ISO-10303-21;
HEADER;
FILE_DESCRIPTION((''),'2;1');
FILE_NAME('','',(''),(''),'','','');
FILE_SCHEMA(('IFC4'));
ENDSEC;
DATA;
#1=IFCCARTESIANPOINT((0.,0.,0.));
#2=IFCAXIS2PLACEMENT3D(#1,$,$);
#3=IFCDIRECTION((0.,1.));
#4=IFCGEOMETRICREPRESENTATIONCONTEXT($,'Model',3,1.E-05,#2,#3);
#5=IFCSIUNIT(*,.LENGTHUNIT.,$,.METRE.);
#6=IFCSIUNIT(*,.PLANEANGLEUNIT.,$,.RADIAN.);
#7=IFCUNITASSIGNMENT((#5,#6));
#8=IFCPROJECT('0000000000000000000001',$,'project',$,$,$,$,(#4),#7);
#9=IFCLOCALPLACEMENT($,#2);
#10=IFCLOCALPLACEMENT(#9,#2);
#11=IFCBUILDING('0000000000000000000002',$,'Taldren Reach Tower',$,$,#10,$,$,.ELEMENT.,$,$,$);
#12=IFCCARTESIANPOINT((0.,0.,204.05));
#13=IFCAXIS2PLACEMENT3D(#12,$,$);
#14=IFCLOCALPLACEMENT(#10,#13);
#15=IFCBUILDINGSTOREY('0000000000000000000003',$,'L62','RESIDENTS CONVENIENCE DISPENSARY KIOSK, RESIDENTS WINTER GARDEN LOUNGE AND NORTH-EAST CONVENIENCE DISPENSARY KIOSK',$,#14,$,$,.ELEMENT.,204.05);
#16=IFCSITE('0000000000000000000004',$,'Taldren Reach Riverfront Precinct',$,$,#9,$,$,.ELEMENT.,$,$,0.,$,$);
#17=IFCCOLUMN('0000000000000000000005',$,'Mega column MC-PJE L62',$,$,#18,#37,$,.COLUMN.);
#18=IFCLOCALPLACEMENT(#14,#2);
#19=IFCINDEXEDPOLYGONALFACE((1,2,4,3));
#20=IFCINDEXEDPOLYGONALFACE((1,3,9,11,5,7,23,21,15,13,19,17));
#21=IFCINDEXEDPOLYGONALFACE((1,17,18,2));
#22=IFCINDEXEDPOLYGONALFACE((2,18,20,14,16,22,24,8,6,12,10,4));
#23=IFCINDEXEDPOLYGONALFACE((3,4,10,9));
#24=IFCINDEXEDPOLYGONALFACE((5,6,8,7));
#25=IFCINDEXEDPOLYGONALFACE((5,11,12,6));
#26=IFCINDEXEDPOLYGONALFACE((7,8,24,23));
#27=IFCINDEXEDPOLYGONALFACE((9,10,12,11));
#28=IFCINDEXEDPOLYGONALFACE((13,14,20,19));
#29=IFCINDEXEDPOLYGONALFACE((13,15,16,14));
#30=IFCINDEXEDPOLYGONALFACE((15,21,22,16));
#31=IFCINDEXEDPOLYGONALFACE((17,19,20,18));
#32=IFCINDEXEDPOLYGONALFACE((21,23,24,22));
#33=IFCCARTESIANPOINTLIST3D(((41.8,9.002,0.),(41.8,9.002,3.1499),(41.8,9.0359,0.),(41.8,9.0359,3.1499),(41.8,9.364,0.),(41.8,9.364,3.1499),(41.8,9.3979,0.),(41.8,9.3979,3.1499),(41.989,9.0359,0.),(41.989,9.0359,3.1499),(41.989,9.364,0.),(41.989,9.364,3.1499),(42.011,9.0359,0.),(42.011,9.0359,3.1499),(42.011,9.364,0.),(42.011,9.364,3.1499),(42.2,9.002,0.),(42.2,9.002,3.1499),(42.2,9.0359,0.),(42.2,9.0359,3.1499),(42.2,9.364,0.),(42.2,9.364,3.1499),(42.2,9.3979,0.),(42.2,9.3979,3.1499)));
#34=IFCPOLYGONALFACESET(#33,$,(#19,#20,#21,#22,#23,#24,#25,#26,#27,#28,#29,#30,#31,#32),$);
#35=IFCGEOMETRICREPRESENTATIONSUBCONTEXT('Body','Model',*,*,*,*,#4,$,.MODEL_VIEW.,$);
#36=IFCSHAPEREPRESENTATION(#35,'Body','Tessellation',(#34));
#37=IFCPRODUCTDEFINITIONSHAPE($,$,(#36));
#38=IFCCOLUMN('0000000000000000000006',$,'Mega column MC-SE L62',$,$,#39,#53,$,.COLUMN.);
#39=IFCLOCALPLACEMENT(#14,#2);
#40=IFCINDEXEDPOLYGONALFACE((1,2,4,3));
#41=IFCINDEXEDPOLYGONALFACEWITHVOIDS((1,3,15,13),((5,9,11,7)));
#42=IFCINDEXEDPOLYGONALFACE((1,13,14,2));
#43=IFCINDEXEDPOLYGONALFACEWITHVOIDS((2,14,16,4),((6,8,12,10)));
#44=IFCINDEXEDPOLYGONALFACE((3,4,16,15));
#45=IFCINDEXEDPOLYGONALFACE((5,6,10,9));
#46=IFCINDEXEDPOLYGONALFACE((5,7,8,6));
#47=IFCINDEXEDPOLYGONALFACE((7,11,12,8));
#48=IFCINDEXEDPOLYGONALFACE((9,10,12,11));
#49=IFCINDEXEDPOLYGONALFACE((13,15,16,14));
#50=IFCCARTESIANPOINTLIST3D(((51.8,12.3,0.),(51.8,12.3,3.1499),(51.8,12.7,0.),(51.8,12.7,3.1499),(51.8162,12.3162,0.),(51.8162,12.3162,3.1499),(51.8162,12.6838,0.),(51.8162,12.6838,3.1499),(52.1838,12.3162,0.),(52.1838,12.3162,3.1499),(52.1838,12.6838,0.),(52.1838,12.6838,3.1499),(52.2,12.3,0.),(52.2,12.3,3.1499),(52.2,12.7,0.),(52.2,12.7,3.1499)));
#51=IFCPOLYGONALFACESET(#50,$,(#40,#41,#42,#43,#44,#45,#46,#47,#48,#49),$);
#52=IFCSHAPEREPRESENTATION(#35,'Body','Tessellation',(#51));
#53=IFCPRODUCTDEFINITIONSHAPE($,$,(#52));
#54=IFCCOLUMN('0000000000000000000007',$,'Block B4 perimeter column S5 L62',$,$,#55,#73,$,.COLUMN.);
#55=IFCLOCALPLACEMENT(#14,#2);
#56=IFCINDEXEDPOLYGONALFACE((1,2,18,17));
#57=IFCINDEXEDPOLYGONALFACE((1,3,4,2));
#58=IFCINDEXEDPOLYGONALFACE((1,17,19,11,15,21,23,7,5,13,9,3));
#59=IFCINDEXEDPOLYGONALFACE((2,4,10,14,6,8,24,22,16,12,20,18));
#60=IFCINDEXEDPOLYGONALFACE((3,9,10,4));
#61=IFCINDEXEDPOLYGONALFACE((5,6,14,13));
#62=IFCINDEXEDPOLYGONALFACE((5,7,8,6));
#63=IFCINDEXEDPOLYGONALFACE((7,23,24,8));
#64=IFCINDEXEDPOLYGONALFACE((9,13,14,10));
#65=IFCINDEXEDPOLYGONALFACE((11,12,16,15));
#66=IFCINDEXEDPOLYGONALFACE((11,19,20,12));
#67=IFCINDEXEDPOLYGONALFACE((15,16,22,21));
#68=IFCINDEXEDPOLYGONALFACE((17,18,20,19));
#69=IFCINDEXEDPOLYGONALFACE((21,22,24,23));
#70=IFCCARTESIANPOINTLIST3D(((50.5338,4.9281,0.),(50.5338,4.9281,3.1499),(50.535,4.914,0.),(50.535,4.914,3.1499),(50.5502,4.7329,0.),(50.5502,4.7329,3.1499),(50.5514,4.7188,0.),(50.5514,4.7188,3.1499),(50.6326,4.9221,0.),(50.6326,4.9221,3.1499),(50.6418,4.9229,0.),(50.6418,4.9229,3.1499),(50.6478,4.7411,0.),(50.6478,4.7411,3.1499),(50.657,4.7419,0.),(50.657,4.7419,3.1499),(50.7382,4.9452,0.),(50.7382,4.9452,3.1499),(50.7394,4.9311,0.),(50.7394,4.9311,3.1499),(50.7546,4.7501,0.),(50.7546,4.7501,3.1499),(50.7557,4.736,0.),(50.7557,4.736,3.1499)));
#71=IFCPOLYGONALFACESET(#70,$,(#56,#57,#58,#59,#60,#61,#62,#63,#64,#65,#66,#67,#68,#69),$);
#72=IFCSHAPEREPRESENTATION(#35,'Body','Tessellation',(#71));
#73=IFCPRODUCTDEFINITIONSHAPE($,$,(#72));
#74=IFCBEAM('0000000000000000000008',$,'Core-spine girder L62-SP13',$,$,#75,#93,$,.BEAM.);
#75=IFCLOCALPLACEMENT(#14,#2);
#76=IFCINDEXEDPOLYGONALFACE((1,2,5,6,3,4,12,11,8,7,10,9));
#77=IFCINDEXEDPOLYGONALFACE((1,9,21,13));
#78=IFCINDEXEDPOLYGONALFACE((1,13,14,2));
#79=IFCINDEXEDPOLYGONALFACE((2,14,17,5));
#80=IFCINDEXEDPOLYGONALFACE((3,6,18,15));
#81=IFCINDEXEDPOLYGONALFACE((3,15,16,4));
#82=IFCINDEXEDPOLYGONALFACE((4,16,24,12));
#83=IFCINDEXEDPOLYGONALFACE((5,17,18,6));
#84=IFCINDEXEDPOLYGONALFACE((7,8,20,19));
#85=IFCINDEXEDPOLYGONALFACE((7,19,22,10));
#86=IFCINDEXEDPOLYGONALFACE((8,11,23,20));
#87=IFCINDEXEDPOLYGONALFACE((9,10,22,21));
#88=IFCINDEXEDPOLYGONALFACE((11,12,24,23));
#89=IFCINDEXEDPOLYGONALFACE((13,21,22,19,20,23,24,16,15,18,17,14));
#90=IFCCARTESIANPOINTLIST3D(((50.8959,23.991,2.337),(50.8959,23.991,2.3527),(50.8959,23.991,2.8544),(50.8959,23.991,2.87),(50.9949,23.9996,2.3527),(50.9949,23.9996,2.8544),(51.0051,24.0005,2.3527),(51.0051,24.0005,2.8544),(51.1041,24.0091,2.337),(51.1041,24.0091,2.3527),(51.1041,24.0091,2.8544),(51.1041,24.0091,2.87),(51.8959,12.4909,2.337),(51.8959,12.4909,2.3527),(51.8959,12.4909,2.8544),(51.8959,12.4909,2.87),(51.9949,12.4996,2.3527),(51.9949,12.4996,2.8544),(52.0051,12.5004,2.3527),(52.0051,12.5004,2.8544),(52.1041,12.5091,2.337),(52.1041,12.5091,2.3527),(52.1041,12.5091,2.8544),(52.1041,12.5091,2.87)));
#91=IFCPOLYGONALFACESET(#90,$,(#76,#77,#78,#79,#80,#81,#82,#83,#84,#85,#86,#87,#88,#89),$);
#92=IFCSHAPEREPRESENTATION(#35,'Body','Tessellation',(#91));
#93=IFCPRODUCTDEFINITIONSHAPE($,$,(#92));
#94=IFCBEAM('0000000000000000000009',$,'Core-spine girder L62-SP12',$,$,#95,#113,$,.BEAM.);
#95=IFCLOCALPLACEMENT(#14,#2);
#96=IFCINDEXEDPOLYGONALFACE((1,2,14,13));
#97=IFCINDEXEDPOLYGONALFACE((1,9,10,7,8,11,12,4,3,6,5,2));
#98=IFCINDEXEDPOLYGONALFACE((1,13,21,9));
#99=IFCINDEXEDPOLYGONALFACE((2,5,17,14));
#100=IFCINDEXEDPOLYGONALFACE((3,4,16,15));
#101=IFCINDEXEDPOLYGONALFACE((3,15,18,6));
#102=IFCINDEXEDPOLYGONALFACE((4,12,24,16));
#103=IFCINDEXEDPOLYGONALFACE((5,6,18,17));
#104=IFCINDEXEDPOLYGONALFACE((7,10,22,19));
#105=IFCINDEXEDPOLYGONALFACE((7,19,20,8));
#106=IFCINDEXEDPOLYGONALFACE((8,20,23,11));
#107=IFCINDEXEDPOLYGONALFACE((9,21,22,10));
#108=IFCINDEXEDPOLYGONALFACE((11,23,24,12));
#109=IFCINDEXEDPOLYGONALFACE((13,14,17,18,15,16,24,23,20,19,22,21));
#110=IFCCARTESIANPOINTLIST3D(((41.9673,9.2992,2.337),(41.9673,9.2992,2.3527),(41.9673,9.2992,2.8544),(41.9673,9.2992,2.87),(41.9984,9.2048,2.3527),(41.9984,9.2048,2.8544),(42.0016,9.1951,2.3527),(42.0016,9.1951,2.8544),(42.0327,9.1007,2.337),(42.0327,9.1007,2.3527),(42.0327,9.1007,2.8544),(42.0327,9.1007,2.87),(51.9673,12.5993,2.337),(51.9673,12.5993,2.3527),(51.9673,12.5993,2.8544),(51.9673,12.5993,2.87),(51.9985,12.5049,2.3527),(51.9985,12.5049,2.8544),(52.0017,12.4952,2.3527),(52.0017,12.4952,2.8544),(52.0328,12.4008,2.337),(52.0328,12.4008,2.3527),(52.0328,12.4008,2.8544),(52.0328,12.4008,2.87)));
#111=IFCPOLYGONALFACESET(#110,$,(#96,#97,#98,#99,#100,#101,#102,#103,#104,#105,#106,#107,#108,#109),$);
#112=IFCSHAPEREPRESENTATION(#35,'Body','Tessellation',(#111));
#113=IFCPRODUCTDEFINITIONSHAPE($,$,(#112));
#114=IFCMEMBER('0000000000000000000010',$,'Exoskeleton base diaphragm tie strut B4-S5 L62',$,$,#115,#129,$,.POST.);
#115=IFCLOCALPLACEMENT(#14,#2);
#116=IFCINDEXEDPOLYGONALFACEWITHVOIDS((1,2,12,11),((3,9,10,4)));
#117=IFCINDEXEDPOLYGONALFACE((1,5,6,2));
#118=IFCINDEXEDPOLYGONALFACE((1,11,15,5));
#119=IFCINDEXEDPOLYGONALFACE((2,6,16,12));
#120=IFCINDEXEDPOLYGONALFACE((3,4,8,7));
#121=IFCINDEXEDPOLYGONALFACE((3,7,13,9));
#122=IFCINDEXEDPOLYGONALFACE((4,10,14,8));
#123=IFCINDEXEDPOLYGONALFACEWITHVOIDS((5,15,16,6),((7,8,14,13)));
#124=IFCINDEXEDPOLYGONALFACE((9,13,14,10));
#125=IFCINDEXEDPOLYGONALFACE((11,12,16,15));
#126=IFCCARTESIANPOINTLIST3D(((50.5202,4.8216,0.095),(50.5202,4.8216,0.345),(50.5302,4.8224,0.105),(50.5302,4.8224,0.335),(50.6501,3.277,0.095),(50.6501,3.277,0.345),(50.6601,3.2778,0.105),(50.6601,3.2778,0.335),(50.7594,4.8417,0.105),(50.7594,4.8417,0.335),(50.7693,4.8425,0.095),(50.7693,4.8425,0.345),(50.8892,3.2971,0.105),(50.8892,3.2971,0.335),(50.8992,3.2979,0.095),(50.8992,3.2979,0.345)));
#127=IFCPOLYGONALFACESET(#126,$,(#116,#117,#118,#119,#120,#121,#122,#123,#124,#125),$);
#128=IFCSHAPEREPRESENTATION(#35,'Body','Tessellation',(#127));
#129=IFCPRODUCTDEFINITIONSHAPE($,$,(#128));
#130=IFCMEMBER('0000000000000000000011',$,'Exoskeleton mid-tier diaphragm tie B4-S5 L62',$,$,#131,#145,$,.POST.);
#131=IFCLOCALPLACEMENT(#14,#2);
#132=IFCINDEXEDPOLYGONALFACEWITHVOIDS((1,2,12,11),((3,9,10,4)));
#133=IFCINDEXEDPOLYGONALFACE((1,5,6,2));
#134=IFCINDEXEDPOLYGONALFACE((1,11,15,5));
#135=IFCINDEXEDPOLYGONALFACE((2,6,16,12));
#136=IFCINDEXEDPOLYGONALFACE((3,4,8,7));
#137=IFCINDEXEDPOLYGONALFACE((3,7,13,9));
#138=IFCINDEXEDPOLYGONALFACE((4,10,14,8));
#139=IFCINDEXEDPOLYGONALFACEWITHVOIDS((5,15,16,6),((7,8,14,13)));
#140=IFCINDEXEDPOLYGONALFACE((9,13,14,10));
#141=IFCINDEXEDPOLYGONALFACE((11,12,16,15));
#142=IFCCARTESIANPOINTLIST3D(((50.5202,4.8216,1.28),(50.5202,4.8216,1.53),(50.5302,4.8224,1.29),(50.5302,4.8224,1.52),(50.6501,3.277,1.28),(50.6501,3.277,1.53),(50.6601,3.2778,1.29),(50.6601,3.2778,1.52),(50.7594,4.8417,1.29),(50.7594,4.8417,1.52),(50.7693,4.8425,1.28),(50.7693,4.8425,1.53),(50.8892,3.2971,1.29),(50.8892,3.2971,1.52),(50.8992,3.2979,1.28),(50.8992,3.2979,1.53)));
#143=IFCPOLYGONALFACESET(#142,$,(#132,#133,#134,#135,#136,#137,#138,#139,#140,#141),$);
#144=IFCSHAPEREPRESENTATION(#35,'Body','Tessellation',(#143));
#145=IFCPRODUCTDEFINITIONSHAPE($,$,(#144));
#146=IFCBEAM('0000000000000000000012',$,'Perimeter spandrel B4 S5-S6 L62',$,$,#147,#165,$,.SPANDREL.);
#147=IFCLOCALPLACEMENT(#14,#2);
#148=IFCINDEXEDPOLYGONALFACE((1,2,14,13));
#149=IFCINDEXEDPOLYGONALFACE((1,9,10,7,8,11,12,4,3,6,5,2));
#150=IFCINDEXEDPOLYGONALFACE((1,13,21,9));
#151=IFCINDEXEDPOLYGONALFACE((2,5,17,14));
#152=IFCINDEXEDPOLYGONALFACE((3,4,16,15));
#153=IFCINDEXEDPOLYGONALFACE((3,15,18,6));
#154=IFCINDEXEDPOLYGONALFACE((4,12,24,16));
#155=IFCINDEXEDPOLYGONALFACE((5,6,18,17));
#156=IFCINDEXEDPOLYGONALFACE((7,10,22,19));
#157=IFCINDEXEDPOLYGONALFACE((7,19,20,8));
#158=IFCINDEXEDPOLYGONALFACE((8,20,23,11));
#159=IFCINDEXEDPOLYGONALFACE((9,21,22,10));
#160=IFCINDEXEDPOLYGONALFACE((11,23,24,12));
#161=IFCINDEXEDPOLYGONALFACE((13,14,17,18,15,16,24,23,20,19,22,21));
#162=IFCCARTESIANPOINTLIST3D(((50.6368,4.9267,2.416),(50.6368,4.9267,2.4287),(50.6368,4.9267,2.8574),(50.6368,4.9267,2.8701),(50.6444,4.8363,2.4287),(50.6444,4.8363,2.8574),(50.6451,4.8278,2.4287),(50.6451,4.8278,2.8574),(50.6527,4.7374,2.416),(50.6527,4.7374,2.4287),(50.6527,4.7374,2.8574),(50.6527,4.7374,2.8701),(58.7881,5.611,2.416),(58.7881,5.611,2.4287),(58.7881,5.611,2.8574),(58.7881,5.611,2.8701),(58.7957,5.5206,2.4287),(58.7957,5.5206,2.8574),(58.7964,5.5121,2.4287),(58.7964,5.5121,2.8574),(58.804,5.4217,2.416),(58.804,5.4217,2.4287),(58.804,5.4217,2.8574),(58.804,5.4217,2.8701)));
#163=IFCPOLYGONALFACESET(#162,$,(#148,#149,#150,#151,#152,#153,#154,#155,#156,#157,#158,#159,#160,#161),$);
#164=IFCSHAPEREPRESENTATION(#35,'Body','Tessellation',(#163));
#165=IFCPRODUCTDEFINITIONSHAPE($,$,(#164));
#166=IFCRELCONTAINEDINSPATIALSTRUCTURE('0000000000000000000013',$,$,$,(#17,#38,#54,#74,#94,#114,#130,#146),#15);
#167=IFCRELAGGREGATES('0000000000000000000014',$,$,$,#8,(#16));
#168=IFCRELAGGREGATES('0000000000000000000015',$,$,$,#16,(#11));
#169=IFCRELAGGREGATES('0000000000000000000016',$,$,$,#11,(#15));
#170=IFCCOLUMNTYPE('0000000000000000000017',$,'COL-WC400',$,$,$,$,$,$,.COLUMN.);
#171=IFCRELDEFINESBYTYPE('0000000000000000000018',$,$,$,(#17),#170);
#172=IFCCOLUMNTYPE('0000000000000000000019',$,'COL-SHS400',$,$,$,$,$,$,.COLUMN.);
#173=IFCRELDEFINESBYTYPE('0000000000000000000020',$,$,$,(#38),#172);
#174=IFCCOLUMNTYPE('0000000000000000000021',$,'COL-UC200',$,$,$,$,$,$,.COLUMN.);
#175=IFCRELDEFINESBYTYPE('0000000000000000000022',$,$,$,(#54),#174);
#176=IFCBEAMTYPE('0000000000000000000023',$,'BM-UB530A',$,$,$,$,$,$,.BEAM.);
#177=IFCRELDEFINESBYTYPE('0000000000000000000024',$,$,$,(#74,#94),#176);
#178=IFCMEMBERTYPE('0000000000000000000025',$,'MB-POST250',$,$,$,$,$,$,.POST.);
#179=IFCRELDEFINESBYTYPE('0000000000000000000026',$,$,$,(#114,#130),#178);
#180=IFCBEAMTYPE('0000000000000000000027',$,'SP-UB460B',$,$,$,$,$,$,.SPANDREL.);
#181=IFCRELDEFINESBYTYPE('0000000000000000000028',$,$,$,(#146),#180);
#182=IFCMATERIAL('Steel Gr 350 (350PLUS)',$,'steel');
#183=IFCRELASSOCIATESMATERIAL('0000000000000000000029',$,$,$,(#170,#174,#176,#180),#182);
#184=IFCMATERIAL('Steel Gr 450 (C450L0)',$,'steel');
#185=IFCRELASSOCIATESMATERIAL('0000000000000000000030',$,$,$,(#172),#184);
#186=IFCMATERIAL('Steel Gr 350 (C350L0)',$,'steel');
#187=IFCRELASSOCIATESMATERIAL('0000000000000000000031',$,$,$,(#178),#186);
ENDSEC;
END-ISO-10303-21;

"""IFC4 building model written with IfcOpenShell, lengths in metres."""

from ifc_helpers import new_model, si_unit, direction, frame, origin, origin_2d, place, context, subcontext, project, spatial, hollow_rectangle, i_section, extrude, source, transform, mapped, material, material_profile, profile_set, type_object, element, save


model = new_model("IFC4")

# Units and contexts
model_context = context("Model", 3, precision=1e-05, world=origin(), true_north=direction((0.0, 1.0)))
body_context = subcontext(model_context, "Body", "Model", "MODEL_VIEW")
ifc_project = project(units=[si_unit("LENGTHUNIT", "METRE"), si_unit("PLANEANGLEUNIT", "RADIAN")], contexts=[model_context])

# Site, building, storey
site_placement = place(None, origin())
site = spatial("IfcSite", under=ifc_project, at=site_placement, Name="Taldren Reach Riverfront Precinct", CompositionType="ELEMENT", RefElevation=0.0)
building_placement = place(site_placement, origin())
building = spatial("IfcBuilding", under=site, at=building_placement, Name="Taldren Reach Tower", CompositionType="ELEMENT")
storey_placement = place(building_placement, frame((0.0, 0.0, 204.05)))
storey = spatial("IfcBuildingStorey", under=building, at=storey_placement, Name="L62", Description="RESIDENTS CONVENIENCE DISPENSARY KIOSK, RESIDENTS WINTER GARDEN LOUNGE AND NORTH-EAST CONVENIENCE DISPENSARY KIOSK", CompositionType="ELEMENT", Elevation=204.05)

# Columns
ifc_material_1 = material(Name="Steel Gr 350 (350PLUS)", Category="steel")
ifc_material_profile_1 = material_profile(ifc_material_1, i_section(OverallWidth=0.3999, OverallDepth=0.396, WebThickness=0.022, FlangeThickness=0.0339, at=origin_2d()), Name="400WC270")
ifc_profile_set_1 = profile_set([ifc_material_profile_1], Name="Steel Gr 350 (350PLUS)")
column_type_1 = type_object("IfcColumnType", Name="COL-WC400", PredefinedType="COLUMN", material=ifc_profile_set_1)
shared_shape_1 = source(origin(), body_context, "Body", "SweptSolid", [
    extrude(i_section(OverallWidth=0.3999, OverallDepth=0.396, WebThickness=0.022, FlangeThickness=0.0339, at=origin_2d()), origin(), (0.0, 0.0, 1.0), 3.1499),
])
column_1_placement = place(storey_placement, frame((42.0, 9.2, 0.0), z_axis=(0.0, 0.0, 1.0), x_axis=(1.0, 0.0, 0.0)))
element("IfcColumn", 1, at=column_1_placement, inside=storey, type_object=column_type_1, Name="Mega column MC-PJE L62", PredefinedType="COLUMN", context=body_context, shape_type="MappedRepresentation", body=[
    mapped(shared_shape_1, transform((0.0, 0.0, 0.0), scale=1.0)),
])
ifc_material_2 = material(Name="Steel Gr 450 (C450L0)", Category="steel")
ifc_material_profile_2 = material_profile(ifc_material_2, hollow_rectangle(XDim=0.3999, YDim=0.3999, WallThickness=0.0161, at=origin_2d()), Name="400x400x16.0SHS")
ifc_profile_set_2 = profile_set([ifc_material_profile_2], Name="Steel Gr 450 (C450L0)")
column_type_2 = type_object("IfcColumnType", Name="COL-SHS400", PredefinedType="COLUMN", material=ifc_profile_set_2)
shared_shape_2 = source(origin(), body_context, "Body", "SweptSolid", [
    extrude(hollow_rectangle(XDim=0.3999, YDim=0.3999, WallThickness=0.0161, at=origin_2d()), origin(), (0.0, 0.0, 1.0), 3.1499),
])
column_2_placement = place(storey_placement, frame((52.0, 12.5, 0.0), z_axis=(0.0, 0.0, 1.0), x_axis=(1.0, 0.0, 0.0)))
element("IfcColumn", 2, at=column_2_placement, inside=storey, type_object=column_type_2, Name="Mega column MC-SE L62", PredefinedType="COLUMN", context=body_context, shape_type="MappedRepresentation", body=[
    mapped(shared_shape_2, transform((0.0, 0.0, 0.0), scale=1.0)),
])
ifc_material_profile_3 = material_profile(ifc_material_1, i_section(OverallWidth=0.2051, OverallDepth=0.21, WebThickness=0.0093, FlangeThickness=0.0142, at=origin_2d()), Name="200UC59.5")
ifc_profile_set_3 = profile_set([ifc_material_profile_3], Name="Steel Gr 350 (350PLUS)")
column_type_3 = type_object("IfcColumnType", Name="COL-UC200", PredefinedType="COLUMN", material=ifc_profile_set_3)
shared_shape_3 = source(origin(), body_context, "Body", "SweptSolid", [
    extrude(i_section(OverallWidth=0.2051, OverallDepth=0.21, WebThickness=0.0093, FlangeThickness=0.0142, at=origin_2d()), origin(), (0.0, 0.0, 1.0), 3.1499),
])
column_3_placement = place(storey_placement, frame((50.6448, 4.832, 0.0), z_axis=(0.0, 0.0, 1.0), x_axis=(0.996493, 0.083678, 0.0)))
element("IfcColumn", 3, at=column_3_placement, inside=storey, type_object=column_type_3, Name="Block B4 perimeter column S5 L62", PredefinedType="COLUMN", context=body_context, shape_type="MappedRepresentation", body=[
    mapped(shared_shape_3, transform((0.0, 0.0, 0.0), scale=1.0)),
])

# Beams
ifc_material_profile_4 = material_profile(ifc_material_1, i_section(OverallWidth=0.209, OverallDepth=0.533, WebThickness=0.0103, FlangeThickness=0.0156, at=origin_2d()), Name="530UB92.4")
ifc_profile_set_4 = profile_set([ifc_material_profile_4], Name="Steel Gr 350 (350PLUS)")
beam_type_1 = type_object("IfcBeamType", Name="BM-UB530A", PredefinedType="BEAM", material=ifc_profile_set_4)
shared_shape_4 = source(origin(), body_context, "Body", "SweptSolid", [
    extrude(i_section(OverallWidth=0.209, OverallDepth=0.533, WebThickness=0.0103, FlangeThickness=0.0156, at=origin_2d()), origin(), (0.0, 0.0, 1.0), 11.5435),
])
beam_1_placement = place(storey_placement, frame((52.0, 12.5, 2.6035), z_axis=(-0.08663, 0.996241, 0.0), x_axis=(-0.996241, -0.08663, 0.0)))
element("IfcBeam", 4, at=beam_1_placement, inside=storey, type_object=beam_type_1, Name="Core-spine girder L62-SP13", PredefinedType="BEAM", context=body_context, shape_type="MappedRepresentation", body=[
    mapped(shared_shape_4, transform((0.0, 0.0, 0.0), scale=1.0)),
])
shared_shape_5 = source(origin(), body_context, "Body", "SweptSolid", [
    extrude(i_section(OverallWidth=0.209, OverallDepth=0.533, WebThickness=0.0103, FlangeThickness=0.0156, at=origin_2d()), origin(), (0.0, 0.0, 1.0), 10.5305),
])
beam_2_placement = place(storey_placement, frame((42.0, 9.2, 2.6035), z_axis=(0.949627, 0.313382, 0.0), x_axis=(-0.313382, 0.949627, 0.0)))
element("IfcBeam", 5, at=beam_2_placement, inside=storey, type_object=beam_type_1, Name="Core-spine girder L62-SP12", PredefinedType="BEAM", context=body_context, shape_type="MappedRepresentation", body=[
    mapped(shared_shape_5, transform((0.0, 0.0, 0.0), scale=1.0)),
])

# Members
ifc_material_3 = material(Name="Steel Gr 350 (C350L0)", Category="steel")
ifc_material_profile_5 = material_profile(ifc_material_3, hollow_rectangle(XDim=0.25, YDim=0.25, WallThickness=0.01, at=origin_2d()), Name="250x250x10.0SHS")
ifc_profile_set_5 = profile_set([ifc_material_profile_5], Name="Steel Gr 350 (C350L0)")
member_type_1 = type_object("IfcMemberType", Name="MB-POST250", PredefinedType="POST", material=ifc_profile_set_5)
shared_shape_6 = source(origin(), body_context, "Body", "SweptSolid", [
    extrude(hollow_rectangle(XDim=0.25, YDim=0.25, WallThickness=0.01, at=origin_2d()), origin(), (0.0, 0.0, 1.0), 1.55),
])
for number, where, z_axis, x_axis, name in (
    (6, (50.6448, 4.832, 0.22), (0.083788, -0.996484, 0.0), (0.996484, 0.083788, 0.0), "Exoskeleton base diaphragm tie strut B4-S5 L62"),
    (7, (50.6448, 4.832, 1.405), (0.083788, -0.996484, 0.0), (0.996484, 0.083788, 0.0), "Exoskeleton mid-tier diaphragm tie B4-S5 L62"),
):
    element("IfcMember", number, at=place(storey_placement, frame(where, z_axis=z_axis, x_axis=x_axis)), inside=storey, type_object=member_type_1, Name=name, PredefinedType="POST", context=body_context, shape_type="MappedRepresentation", body=[
        mapped(shared_shape_6, transform((0.0, 0.0, 0.0), scale=1.0)),
    ])

# Beam
ifc_material_profile_6 = material_profile(ifc_material_1, i_section(OverallWidth=0.1899, OverallDepth=0.4541, WebThickness=0.0085, FlangeThickness=0.0127, at=origin_2d()), Name="460UB67.1")
ifc_profile_set_6 = profile_set([ifc_material_profile_6], Name="Steel Gr 350 (350PLUS)")
beam_type_2 = type_object("IfcBeamType", Name="SP-UB460B", PredefinedType="SPANDREL", material=ifc_profile_set_6)
shared_shape_7 = source(origin(), body_context, "Body", "SweptSolid", [
    extrude(i_section(OverallWidth=0.1899, OverallDepth=0.4541, WebThickness=0.0085, FlangeThickness=0.0127, at=origin_2d()), origin(), (0.0, 0.0, 1.0), 8.1799),
])
beam_3_placement = place(storey_placement, frame((50.6448, 4.832, 2.6431), z_axis=(0.996495, 0.083658, 0.0), x_axis=(-0.083658, 0.996495, 0.0)))
element("IfcBeam", 8, at=beam_3_placement, inside=storey, type_object=beam_type_2, Name="Perimeter spandrel B4 S5-S6 L62", PredefinedType="SPANDREL", context=body_context, shape_type="MappedRepresentation", body=[
    mapped(shared_shape_7, transform((0.0, 0.0, 0.0), scale=1.0)),
])

save(model, "model.ifc")
